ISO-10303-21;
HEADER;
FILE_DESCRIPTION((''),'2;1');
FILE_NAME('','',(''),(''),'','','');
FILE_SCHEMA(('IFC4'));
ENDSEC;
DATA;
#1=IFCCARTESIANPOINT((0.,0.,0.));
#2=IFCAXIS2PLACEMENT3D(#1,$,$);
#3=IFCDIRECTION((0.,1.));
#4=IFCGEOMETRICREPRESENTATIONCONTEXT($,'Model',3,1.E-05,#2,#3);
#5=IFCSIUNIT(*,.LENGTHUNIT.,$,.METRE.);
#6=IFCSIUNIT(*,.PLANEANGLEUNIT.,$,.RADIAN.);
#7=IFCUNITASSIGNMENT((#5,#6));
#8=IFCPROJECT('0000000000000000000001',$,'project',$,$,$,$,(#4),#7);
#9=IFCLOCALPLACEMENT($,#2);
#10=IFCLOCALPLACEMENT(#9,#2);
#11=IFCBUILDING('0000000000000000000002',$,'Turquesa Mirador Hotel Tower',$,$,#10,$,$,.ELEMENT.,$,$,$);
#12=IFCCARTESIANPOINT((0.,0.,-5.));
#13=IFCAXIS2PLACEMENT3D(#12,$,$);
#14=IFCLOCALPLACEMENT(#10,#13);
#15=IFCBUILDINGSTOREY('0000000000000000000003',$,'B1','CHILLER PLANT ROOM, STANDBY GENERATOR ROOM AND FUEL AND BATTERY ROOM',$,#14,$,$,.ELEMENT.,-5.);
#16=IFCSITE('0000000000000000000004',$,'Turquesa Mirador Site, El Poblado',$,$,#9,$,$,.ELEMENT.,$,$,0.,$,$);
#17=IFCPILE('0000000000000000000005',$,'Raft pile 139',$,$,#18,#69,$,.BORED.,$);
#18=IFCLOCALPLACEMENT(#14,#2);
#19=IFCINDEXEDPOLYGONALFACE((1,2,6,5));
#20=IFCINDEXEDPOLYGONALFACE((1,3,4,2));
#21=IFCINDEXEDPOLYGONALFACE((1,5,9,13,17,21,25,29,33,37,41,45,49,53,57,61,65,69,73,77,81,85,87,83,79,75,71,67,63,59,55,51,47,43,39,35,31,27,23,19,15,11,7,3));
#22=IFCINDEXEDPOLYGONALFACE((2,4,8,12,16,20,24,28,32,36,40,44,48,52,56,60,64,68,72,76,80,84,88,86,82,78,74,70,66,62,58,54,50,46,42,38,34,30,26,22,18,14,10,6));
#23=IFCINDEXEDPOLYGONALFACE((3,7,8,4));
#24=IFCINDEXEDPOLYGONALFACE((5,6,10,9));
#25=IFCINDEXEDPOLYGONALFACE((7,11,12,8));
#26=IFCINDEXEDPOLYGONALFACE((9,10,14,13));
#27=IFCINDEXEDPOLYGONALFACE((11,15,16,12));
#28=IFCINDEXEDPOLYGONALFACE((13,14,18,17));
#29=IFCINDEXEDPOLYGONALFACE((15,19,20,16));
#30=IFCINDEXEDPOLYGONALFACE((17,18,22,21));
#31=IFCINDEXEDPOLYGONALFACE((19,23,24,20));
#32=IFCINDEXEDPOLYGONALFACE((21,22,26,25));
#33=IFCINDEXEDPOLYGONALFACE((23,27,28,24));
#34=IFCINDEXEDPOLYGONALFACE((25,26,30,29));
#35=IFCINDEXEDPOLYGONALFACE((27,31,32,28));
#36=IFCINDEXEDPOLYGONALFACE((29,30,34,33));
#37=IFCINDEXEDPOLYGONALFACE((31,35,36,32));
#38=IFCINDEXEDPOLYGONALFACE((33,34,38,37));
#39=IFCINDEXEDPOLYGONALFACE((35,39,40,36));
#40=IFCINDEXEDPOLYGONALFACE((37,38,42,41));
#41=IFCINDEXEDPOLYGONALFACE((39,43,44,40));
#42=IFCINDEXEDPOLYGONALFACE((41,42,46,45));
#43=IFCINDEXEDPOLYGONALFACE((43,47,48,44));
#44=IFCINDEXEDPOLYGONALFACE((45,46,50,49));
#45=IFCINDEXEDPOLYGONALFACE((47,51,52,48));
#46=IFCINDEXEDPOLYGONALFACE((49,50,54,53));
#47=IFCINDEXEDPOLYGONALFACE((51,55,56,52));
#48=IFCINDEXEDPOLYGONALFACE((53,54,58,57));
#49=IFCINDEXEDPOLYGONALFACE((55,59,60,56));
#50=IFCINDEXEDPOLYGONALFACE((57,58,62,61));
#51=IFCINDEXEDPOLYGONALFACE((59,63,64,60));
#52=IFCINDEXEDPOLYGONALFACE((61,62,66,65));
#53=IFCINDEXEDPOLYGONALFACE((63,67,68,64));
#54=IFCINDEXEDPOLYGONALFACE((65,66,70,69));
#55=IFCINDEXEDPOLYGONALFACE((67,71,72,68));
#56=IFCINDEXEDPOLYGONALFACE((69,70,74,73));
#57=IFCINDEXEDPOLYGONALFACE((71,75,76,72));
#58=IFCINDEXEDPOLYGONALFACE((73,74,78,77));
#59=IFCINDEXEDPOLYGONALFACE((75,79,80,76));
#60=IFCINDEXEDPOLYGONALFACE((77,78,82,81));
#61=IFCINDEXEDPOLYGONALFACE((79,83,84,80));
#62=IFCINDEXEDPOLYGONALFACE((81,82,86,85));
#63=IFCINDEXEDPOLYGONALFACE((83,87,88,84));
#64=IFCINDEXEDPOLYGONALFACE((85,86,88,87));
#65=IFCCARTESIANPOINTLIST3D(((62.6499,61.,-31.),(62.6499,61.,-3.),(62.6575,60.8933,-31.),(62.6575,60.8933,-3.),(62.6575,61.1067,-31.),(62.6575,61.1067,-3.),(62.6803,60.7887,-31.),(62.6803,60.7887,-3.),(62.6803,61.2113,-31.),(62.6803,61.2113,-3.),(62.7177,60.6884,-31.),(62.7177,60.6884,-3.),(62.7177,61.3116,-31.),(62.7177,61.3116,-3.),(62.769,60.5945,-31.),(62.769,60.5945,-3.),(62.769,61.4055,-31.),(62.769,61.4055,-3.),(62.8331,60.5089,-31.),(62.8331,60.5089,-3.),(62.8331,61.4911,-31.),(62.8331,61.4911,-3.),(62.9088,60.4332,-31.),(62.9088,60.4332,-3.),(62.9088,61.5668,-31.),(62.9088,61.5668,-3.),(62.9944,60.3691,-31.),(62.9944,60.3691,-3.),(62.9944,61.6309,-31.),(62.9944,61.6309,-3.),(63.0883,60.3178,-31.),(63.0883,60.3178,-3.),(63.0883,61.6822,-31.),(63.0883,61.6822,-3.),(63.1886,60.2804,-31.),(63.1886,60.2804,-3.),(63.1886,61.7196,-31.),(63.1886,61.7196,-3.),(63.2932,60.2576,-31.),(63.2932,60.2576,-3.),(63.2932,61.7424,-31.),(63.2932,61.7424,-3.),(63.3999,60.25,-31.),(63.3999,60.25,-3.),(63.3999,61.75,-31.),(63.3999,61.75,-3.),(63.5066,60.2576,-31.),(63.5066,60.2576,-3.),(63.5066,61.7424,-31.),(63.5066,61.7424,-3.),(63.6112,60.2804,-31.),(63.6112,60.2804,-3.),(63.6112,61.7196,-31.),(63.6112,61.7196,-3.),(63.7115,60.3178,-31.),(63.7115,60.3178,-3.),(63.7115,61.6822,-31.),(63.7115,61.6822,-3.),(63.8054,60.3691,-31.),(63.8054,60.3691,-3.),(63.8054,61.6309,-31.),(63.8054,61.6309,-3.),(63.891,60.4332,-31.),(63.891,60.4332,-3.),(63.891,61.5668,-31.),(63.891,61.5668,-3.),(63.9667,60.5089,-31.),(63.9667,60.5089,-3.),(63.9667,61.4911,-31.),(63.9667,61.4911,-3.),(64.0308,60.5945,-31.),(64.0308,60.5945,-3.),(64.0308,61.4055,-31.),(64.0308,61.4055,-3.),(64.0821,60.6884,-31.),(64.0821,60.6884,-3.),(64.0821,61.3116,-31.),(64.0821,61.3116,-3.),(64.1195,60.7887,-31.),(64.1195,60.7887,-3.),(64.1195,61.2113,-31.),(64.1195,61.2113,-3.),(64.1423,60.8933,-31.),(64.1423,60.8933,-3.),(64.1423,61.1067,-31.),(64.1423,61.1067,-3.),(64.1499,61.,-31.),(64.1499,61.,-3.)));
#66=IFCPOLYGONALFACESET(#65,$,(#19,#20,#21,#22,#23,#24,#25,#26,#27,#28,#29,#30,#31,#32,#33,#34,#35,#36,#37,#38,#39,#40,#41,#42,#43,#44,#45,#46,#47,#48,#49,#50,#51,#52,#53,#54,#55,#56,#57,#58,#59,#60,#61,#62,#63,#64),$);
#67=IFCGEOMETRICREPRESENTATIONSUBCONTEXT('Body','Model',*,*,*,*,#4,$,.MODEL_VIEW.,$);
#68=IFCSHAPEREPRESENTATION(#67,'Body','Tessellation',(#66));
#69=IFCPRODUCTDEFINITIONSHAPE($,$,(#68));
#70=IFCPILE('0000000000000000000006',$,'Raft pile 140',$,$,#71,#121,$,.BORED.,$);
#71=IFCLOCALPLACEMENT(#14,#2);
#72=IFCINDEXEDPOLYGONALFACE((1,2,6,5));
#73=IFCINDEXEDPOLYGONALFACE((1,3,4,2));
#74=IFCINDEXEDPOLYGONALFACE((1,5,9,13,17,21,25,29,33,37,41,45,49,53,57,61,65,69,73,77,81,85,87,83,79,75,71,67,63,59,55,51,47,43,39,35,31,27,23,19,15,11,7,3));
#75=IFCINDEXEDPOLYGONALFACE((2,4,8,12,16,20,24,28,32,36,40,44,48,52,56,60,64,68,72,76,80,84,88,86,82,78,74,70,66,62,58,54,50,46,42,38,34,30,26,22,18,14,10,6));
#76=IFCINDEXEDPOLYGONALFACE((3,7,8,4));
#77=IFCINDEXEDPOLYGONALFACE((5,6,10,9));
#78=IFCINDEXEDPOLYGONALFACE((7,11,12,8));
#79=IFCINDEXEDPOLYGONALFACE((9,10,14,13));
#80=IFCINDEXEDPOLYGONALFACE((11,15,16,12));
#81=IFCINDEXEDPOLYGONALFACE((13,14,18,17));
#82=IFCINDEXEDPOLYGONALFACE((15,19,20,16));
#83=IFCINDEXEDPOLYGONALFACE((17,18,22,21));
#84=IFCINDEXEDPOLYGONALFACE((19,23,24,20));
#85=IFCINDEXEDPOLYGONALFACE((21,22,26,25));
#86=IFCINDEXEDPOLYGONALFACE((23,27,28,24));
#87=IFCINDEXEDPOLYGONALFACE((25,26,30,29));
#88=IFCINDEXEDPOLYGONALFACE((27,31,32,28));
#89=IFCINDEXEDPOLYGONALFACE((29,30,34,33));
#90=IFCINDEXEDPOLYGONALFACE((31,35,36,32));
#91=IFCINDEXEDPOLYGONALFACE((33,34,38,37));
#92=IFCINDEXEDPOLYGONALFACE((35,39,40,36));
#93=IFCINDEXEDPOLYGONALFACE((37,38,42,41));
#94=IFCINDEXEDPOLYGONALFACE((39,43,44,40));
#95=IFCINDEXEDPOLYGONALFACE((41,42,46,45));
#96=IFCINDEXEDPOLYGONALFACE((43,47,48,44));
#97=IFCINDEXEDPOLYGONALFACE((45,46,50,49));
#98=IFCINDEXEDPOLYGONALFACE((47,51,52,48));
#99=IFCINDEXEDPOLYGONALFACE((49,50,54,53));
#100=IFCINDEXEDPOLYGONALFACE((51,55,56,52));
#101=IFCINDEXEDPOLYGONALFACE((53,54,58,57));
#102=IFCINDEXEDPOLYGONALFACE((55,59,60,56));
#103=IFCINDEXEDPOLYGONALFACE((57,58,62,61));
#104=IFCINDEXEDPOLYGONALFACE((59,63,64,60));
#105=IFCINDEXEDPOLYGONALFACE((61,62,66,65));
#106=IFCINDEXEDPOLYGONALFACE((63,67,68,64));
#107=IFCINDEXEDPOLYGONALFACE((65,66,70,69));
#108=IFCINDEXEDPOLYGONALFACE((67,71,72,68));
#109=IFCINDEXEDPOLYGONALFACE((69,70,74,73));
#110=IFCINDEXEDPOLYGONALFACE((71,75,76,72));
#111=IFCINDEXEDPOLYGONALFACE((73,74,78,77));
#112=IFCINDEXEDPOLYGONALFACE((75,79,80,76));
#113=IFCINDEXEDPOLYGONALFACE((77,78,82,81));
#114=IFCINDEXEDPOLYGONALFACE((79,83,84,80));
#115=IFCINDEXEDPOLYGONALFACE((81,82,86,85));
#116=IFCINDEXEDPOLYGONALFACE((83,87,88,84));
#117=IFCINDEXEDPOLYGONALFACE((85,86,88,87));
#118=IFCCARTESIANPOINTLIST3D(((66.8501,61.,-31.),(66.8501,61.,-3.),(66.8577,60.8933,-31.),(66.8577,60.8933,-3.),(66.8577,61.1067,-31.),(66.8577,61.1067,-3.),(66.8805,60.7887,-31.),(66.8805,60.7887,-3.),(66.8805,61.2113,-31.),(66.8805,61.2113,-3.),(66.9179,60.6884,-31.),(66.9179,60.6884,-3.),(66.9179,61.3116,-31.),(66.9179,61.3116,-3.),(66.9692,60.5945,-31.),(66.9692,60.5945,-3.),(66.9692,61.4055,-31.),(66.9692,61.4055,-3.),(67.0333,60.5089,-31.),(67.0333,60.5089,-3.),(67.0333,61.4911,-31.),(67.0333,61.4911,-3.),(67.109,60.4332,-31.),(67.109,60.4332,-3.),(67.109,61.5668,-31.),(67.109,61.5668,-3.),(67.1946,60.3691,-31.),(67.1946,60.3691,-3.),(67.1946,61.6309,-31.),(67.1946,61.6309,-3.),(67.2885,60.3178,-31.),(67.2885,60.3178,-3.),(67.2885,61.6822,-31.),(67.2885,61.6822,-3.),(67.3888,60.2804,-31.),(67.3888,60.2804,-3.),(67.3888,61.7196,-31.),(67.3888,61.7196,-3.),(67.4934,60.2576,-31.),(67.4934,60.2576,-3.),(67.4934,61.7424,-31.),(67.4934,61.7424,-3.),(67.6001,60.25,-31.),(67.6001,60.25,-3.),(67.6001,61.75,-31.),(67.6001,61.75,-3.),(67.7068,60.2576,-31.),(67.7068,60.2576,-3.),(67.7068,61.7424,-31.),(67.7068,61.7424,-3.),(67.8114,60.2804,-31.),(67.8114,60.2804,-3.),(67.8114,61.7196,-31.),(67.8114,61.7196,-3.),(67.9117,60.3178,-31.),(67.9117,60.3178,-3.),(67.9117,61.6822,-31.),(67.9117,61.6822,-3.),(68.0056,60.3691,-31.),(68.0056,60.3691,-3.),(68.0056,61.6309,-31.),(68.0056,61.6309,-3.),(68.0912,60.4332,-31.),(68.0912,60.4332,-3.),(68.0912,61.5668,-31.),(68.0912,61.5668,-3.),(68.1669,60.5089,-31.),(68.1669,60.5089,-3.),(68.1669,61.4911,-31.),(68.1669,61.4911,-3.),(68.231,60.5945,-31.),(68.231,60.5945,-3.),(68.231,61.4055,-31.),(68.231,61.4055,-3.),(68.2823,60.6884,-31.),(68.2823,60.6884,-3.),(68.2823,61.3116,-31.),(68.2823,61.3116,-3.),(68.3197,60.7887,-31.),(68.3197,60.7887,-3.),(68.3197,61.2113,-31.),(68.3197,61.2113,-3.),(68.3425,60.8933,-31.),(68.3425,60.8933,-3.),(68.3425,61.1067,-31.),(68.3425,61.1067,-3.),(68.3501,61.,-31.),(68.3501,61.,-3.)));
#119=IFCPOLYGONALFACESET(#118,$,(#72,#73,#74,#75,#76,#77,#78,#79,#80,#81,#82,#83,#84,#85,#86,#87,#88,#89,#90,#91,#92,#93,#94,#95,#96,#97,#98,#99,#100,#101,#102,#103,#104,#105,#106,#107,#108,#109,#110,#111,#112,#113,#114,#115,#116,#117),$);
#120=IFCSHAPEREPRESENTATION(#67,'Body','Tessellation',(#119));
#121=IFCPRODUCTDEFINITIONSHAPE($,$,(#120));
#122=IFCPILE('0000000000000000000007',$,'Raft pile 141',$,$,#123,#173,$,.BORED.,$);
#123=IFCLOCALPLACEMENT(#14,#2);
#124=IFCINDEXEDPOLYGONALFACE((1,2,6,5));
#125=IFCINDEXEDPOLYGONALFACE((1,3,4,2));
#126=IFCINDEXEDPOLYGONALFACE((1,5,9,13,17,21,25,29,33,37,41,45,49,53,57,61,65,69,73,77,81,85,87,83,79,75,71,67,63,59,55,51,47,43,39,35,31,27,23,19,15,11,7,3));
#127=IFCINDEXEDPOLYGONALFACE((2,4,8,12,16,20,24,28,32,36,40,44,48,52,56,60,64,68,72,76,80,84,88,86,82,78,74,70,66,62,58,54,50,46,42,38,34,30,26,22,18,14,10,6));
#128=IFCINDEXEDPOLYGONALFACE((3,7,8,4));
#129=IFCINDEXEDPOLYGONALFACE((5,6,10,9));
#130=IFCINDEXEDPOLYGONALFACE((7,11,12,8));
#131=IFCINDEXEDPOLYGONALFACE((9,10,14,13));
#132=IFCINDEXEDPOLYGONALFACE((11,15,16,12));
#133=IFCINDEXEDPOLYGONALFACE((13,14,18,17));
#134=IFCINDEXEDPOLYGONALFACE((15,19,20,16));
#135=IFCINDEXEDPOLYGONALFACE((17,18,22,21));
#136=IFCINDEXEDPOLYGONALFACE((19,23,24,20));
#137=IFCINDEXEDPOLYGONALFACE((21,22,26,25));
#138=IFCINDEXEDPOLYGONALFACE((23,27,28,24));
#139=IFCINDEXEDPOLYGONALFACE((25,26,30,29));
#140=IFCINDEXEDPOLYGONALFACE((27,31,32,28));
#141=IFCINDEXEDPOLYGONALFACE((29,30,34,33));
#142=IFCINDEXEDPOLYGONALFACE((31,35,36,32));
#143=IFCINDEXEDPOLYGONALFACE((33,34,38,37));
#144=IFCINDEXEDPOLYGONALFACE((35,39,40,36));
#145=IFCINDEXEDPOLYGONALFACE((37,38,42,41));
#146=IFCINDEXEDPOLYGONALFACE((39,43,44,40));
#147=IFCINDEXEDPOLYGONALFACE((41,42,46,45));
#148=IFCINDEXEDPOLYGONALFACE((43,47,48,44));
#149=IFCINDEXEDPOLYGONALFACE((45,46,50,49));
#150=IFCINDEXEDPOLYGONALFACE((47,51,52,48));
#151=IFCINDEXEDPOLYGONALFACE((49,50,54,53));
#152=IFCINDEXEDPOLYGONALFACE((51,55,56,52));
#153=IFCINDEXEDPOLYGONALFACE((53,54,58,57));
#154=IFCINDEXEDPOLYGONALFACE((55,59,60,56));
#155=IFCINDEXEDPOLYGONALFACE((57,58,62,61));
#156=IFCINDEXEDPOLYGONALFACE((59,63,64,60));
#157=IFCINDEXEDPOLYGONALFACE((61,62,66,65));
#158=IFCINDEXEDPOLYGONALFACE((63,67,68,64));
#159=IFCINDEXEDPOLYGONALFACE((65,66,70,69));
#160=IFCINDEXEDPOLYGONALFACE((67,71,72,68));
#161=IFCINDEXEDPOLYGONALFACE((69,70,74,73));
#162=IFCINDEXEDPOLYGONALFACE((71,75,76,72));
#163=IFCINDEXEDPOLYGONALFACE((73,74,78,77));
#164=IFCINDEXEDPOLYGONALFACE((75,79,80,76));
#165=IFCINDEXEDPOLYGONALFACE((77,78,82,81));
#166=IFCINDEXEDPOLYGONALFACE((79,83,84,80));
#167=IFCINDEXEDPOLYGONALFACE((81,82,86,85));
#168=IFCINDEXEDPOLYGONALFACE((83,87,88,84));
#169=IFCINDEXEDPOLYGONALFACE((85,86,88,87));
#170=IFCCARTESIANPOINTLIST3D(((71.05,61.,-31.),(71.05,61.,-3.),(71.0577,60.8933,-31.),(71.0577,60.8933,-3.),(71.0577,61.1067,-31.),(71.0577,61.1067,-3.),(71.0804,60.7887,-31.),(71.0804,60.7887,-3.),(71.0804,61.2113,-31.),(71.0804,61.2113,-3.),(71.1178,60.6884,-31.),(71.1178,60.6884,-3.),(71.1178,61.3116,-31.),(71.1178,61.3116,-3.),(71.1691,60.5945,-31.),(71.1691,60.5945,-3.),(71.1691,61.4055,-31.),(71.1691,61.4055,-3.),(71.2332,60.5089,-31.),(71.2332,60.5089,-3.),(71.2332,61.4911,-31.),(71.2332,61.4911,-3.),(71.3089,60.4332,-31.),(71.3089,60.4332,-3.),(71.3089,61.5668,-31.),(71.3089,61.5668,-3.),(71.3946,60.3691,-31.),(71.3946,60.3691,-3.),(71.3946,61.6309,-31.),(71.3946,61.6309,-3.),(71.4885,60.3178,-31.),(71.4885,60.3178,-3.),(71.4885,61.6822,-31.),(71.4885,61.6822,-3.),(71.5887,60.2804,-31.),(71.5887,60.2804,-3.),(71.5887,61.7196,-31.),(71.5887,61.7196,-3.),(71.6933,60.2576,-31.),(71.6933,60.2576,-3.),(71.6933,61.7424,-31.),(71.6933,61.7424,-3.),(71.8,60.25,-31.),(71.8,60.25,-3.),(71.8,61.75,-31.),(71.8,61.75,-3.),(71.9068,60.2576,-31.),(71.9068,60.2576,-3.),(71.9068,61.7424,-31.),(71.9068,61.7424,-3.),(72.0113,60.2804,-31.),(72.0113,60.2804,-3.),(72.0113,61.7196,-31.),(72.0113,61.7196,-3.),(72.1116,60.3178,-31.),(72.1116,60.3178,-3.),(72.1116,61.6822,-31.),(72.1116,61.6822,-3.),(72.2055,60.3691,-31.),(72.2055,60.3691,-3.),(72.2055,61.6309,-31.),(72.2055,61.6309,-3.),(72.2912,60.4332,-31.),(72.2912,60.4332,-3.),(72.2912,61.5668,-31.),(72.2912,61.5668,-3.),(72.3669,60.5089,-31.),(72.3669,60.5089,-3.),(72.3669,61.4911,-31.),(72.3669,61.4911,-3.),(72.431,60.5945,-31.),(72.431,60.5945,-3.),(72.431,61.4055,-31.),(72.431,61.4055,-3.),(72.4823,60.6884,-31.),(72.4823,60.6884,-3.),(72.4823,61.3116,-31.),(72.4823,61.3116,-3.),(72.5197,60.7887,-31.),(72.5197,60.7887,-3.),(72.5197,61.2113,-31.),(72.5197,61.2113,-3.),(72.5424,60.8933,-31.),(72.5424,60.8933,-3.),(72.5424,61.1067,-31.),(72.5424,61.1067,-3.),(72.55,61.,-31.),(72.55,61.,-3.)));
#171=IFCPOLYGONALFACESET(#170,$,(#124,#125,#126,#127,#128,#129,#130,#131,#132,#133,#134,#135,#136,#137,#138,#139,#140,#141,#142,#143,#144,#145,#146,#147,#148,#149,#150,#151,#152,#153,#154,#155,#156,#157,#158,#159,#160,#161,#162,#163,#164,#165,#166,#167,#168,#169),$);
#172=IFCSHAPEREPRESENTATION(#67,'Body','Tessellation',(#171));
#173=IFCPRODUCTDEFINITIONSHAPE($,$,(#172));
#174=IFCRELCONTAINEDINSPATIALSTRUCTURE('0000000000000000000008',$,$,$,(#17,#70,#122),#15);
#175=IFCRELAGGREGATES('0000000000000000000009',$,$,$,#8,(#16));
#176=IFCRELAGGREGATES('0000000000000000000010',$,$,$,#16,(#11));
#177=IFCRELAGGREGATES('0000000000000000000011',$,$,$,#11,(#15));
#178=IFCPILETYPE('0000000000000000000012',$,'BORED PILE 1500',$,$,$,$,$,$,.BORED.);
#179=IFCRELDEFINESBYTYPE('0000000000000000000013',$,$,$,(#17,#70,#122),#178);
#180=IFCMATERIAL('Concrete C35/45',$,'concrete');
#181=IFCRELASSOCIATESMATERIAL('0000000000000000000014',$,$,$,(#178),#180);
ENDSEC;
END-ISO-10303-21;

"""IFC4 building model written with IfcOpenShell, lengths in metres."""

from ifc_helpers import new_model, si_unit, direction, frame, origin, origin_2d, place, context, subcontext, project, spatial, circle, extrude, material, type_object, element, save


model = new_model("IFC4")

# Units and contexts
model_context = context("Model", 3, precision=1e-05, world=origin(), true_north=direction((0.0, 1.0)))
body_context = subcontext(model_context, "Body", "Model", "MODEL_VIEW")
ifc_project = project(units=[si_unit("LENGTHUNIT", "METRE"), si_unit("PLANEANGLEUNIT", "RADIAN")], contexts=[model_context])

# Site, building, storey
site_placement = place(None, origin())
site = spatial("IfcSite", under=ifc_project, at=site_placement, Name="Turquesa Mirador Site, El Poblado", CompositionType="ELEMENT", RefElevation=0.0)
building_placement = place(site_placement, origin())
building = spatial("IfcBuilding", under=site, at=building_placement, Name="Turquesa Mirador Hotel Tower", CompositionType="ELEMENT")
storey_placement = place(building_placement, frame((0.0, 0.0, -5.0)))
storey = spatial("IfcBuildingStorey", under=building, at=storey_placement, Name="B1", Description="CHILLER PLANT ROOM, STANDBY GENERATOR ROOM AND FUEL AND BATTERY ROOM", CompositionType="ELEMENT", Elevation=-5.0)

# Piles
ifc_material_1 = material(Name="Concrete C35/45", Category="concrete")
pile_type = type_object("IfcPileType", Name="BORED PILE 1500", PredefinedType="BORED", material=ifc_material_1)
for number, where, z_axis, x_axis, name in (
    (1, (63.3999, 61.0, -3.0), (0.0, 0.0, -1.0), (1.0, 0.0, 0.0), "Raft pile 139"),
    (2, (67.6001, 61.0, -3.0), (0.0, 0.0, -1.0), (1.0, 0.0, 0.0), "Raft pile 140"),
    (3, (71.8, 61.0, -3.0), (0.0, 0.0, -1.0), (1.0, 0.0, 0.0), "Raft pile 141"),
):
    element("IfcPile", number, at=place(storey_placement, frame(where, z_axis=z_axis, x_axis=x_axis)), inside=storey, type_object=pile_type, Name=name, PredefinedType="BORED", context=body_context, shape_type="SweptSolid", body=[
        extrude(circle(Radius=0.75, at=origin_2d()), origin(), (0.0, 0.0, 1.0), 28.0),
    ])

save(model, "model.ifc")
